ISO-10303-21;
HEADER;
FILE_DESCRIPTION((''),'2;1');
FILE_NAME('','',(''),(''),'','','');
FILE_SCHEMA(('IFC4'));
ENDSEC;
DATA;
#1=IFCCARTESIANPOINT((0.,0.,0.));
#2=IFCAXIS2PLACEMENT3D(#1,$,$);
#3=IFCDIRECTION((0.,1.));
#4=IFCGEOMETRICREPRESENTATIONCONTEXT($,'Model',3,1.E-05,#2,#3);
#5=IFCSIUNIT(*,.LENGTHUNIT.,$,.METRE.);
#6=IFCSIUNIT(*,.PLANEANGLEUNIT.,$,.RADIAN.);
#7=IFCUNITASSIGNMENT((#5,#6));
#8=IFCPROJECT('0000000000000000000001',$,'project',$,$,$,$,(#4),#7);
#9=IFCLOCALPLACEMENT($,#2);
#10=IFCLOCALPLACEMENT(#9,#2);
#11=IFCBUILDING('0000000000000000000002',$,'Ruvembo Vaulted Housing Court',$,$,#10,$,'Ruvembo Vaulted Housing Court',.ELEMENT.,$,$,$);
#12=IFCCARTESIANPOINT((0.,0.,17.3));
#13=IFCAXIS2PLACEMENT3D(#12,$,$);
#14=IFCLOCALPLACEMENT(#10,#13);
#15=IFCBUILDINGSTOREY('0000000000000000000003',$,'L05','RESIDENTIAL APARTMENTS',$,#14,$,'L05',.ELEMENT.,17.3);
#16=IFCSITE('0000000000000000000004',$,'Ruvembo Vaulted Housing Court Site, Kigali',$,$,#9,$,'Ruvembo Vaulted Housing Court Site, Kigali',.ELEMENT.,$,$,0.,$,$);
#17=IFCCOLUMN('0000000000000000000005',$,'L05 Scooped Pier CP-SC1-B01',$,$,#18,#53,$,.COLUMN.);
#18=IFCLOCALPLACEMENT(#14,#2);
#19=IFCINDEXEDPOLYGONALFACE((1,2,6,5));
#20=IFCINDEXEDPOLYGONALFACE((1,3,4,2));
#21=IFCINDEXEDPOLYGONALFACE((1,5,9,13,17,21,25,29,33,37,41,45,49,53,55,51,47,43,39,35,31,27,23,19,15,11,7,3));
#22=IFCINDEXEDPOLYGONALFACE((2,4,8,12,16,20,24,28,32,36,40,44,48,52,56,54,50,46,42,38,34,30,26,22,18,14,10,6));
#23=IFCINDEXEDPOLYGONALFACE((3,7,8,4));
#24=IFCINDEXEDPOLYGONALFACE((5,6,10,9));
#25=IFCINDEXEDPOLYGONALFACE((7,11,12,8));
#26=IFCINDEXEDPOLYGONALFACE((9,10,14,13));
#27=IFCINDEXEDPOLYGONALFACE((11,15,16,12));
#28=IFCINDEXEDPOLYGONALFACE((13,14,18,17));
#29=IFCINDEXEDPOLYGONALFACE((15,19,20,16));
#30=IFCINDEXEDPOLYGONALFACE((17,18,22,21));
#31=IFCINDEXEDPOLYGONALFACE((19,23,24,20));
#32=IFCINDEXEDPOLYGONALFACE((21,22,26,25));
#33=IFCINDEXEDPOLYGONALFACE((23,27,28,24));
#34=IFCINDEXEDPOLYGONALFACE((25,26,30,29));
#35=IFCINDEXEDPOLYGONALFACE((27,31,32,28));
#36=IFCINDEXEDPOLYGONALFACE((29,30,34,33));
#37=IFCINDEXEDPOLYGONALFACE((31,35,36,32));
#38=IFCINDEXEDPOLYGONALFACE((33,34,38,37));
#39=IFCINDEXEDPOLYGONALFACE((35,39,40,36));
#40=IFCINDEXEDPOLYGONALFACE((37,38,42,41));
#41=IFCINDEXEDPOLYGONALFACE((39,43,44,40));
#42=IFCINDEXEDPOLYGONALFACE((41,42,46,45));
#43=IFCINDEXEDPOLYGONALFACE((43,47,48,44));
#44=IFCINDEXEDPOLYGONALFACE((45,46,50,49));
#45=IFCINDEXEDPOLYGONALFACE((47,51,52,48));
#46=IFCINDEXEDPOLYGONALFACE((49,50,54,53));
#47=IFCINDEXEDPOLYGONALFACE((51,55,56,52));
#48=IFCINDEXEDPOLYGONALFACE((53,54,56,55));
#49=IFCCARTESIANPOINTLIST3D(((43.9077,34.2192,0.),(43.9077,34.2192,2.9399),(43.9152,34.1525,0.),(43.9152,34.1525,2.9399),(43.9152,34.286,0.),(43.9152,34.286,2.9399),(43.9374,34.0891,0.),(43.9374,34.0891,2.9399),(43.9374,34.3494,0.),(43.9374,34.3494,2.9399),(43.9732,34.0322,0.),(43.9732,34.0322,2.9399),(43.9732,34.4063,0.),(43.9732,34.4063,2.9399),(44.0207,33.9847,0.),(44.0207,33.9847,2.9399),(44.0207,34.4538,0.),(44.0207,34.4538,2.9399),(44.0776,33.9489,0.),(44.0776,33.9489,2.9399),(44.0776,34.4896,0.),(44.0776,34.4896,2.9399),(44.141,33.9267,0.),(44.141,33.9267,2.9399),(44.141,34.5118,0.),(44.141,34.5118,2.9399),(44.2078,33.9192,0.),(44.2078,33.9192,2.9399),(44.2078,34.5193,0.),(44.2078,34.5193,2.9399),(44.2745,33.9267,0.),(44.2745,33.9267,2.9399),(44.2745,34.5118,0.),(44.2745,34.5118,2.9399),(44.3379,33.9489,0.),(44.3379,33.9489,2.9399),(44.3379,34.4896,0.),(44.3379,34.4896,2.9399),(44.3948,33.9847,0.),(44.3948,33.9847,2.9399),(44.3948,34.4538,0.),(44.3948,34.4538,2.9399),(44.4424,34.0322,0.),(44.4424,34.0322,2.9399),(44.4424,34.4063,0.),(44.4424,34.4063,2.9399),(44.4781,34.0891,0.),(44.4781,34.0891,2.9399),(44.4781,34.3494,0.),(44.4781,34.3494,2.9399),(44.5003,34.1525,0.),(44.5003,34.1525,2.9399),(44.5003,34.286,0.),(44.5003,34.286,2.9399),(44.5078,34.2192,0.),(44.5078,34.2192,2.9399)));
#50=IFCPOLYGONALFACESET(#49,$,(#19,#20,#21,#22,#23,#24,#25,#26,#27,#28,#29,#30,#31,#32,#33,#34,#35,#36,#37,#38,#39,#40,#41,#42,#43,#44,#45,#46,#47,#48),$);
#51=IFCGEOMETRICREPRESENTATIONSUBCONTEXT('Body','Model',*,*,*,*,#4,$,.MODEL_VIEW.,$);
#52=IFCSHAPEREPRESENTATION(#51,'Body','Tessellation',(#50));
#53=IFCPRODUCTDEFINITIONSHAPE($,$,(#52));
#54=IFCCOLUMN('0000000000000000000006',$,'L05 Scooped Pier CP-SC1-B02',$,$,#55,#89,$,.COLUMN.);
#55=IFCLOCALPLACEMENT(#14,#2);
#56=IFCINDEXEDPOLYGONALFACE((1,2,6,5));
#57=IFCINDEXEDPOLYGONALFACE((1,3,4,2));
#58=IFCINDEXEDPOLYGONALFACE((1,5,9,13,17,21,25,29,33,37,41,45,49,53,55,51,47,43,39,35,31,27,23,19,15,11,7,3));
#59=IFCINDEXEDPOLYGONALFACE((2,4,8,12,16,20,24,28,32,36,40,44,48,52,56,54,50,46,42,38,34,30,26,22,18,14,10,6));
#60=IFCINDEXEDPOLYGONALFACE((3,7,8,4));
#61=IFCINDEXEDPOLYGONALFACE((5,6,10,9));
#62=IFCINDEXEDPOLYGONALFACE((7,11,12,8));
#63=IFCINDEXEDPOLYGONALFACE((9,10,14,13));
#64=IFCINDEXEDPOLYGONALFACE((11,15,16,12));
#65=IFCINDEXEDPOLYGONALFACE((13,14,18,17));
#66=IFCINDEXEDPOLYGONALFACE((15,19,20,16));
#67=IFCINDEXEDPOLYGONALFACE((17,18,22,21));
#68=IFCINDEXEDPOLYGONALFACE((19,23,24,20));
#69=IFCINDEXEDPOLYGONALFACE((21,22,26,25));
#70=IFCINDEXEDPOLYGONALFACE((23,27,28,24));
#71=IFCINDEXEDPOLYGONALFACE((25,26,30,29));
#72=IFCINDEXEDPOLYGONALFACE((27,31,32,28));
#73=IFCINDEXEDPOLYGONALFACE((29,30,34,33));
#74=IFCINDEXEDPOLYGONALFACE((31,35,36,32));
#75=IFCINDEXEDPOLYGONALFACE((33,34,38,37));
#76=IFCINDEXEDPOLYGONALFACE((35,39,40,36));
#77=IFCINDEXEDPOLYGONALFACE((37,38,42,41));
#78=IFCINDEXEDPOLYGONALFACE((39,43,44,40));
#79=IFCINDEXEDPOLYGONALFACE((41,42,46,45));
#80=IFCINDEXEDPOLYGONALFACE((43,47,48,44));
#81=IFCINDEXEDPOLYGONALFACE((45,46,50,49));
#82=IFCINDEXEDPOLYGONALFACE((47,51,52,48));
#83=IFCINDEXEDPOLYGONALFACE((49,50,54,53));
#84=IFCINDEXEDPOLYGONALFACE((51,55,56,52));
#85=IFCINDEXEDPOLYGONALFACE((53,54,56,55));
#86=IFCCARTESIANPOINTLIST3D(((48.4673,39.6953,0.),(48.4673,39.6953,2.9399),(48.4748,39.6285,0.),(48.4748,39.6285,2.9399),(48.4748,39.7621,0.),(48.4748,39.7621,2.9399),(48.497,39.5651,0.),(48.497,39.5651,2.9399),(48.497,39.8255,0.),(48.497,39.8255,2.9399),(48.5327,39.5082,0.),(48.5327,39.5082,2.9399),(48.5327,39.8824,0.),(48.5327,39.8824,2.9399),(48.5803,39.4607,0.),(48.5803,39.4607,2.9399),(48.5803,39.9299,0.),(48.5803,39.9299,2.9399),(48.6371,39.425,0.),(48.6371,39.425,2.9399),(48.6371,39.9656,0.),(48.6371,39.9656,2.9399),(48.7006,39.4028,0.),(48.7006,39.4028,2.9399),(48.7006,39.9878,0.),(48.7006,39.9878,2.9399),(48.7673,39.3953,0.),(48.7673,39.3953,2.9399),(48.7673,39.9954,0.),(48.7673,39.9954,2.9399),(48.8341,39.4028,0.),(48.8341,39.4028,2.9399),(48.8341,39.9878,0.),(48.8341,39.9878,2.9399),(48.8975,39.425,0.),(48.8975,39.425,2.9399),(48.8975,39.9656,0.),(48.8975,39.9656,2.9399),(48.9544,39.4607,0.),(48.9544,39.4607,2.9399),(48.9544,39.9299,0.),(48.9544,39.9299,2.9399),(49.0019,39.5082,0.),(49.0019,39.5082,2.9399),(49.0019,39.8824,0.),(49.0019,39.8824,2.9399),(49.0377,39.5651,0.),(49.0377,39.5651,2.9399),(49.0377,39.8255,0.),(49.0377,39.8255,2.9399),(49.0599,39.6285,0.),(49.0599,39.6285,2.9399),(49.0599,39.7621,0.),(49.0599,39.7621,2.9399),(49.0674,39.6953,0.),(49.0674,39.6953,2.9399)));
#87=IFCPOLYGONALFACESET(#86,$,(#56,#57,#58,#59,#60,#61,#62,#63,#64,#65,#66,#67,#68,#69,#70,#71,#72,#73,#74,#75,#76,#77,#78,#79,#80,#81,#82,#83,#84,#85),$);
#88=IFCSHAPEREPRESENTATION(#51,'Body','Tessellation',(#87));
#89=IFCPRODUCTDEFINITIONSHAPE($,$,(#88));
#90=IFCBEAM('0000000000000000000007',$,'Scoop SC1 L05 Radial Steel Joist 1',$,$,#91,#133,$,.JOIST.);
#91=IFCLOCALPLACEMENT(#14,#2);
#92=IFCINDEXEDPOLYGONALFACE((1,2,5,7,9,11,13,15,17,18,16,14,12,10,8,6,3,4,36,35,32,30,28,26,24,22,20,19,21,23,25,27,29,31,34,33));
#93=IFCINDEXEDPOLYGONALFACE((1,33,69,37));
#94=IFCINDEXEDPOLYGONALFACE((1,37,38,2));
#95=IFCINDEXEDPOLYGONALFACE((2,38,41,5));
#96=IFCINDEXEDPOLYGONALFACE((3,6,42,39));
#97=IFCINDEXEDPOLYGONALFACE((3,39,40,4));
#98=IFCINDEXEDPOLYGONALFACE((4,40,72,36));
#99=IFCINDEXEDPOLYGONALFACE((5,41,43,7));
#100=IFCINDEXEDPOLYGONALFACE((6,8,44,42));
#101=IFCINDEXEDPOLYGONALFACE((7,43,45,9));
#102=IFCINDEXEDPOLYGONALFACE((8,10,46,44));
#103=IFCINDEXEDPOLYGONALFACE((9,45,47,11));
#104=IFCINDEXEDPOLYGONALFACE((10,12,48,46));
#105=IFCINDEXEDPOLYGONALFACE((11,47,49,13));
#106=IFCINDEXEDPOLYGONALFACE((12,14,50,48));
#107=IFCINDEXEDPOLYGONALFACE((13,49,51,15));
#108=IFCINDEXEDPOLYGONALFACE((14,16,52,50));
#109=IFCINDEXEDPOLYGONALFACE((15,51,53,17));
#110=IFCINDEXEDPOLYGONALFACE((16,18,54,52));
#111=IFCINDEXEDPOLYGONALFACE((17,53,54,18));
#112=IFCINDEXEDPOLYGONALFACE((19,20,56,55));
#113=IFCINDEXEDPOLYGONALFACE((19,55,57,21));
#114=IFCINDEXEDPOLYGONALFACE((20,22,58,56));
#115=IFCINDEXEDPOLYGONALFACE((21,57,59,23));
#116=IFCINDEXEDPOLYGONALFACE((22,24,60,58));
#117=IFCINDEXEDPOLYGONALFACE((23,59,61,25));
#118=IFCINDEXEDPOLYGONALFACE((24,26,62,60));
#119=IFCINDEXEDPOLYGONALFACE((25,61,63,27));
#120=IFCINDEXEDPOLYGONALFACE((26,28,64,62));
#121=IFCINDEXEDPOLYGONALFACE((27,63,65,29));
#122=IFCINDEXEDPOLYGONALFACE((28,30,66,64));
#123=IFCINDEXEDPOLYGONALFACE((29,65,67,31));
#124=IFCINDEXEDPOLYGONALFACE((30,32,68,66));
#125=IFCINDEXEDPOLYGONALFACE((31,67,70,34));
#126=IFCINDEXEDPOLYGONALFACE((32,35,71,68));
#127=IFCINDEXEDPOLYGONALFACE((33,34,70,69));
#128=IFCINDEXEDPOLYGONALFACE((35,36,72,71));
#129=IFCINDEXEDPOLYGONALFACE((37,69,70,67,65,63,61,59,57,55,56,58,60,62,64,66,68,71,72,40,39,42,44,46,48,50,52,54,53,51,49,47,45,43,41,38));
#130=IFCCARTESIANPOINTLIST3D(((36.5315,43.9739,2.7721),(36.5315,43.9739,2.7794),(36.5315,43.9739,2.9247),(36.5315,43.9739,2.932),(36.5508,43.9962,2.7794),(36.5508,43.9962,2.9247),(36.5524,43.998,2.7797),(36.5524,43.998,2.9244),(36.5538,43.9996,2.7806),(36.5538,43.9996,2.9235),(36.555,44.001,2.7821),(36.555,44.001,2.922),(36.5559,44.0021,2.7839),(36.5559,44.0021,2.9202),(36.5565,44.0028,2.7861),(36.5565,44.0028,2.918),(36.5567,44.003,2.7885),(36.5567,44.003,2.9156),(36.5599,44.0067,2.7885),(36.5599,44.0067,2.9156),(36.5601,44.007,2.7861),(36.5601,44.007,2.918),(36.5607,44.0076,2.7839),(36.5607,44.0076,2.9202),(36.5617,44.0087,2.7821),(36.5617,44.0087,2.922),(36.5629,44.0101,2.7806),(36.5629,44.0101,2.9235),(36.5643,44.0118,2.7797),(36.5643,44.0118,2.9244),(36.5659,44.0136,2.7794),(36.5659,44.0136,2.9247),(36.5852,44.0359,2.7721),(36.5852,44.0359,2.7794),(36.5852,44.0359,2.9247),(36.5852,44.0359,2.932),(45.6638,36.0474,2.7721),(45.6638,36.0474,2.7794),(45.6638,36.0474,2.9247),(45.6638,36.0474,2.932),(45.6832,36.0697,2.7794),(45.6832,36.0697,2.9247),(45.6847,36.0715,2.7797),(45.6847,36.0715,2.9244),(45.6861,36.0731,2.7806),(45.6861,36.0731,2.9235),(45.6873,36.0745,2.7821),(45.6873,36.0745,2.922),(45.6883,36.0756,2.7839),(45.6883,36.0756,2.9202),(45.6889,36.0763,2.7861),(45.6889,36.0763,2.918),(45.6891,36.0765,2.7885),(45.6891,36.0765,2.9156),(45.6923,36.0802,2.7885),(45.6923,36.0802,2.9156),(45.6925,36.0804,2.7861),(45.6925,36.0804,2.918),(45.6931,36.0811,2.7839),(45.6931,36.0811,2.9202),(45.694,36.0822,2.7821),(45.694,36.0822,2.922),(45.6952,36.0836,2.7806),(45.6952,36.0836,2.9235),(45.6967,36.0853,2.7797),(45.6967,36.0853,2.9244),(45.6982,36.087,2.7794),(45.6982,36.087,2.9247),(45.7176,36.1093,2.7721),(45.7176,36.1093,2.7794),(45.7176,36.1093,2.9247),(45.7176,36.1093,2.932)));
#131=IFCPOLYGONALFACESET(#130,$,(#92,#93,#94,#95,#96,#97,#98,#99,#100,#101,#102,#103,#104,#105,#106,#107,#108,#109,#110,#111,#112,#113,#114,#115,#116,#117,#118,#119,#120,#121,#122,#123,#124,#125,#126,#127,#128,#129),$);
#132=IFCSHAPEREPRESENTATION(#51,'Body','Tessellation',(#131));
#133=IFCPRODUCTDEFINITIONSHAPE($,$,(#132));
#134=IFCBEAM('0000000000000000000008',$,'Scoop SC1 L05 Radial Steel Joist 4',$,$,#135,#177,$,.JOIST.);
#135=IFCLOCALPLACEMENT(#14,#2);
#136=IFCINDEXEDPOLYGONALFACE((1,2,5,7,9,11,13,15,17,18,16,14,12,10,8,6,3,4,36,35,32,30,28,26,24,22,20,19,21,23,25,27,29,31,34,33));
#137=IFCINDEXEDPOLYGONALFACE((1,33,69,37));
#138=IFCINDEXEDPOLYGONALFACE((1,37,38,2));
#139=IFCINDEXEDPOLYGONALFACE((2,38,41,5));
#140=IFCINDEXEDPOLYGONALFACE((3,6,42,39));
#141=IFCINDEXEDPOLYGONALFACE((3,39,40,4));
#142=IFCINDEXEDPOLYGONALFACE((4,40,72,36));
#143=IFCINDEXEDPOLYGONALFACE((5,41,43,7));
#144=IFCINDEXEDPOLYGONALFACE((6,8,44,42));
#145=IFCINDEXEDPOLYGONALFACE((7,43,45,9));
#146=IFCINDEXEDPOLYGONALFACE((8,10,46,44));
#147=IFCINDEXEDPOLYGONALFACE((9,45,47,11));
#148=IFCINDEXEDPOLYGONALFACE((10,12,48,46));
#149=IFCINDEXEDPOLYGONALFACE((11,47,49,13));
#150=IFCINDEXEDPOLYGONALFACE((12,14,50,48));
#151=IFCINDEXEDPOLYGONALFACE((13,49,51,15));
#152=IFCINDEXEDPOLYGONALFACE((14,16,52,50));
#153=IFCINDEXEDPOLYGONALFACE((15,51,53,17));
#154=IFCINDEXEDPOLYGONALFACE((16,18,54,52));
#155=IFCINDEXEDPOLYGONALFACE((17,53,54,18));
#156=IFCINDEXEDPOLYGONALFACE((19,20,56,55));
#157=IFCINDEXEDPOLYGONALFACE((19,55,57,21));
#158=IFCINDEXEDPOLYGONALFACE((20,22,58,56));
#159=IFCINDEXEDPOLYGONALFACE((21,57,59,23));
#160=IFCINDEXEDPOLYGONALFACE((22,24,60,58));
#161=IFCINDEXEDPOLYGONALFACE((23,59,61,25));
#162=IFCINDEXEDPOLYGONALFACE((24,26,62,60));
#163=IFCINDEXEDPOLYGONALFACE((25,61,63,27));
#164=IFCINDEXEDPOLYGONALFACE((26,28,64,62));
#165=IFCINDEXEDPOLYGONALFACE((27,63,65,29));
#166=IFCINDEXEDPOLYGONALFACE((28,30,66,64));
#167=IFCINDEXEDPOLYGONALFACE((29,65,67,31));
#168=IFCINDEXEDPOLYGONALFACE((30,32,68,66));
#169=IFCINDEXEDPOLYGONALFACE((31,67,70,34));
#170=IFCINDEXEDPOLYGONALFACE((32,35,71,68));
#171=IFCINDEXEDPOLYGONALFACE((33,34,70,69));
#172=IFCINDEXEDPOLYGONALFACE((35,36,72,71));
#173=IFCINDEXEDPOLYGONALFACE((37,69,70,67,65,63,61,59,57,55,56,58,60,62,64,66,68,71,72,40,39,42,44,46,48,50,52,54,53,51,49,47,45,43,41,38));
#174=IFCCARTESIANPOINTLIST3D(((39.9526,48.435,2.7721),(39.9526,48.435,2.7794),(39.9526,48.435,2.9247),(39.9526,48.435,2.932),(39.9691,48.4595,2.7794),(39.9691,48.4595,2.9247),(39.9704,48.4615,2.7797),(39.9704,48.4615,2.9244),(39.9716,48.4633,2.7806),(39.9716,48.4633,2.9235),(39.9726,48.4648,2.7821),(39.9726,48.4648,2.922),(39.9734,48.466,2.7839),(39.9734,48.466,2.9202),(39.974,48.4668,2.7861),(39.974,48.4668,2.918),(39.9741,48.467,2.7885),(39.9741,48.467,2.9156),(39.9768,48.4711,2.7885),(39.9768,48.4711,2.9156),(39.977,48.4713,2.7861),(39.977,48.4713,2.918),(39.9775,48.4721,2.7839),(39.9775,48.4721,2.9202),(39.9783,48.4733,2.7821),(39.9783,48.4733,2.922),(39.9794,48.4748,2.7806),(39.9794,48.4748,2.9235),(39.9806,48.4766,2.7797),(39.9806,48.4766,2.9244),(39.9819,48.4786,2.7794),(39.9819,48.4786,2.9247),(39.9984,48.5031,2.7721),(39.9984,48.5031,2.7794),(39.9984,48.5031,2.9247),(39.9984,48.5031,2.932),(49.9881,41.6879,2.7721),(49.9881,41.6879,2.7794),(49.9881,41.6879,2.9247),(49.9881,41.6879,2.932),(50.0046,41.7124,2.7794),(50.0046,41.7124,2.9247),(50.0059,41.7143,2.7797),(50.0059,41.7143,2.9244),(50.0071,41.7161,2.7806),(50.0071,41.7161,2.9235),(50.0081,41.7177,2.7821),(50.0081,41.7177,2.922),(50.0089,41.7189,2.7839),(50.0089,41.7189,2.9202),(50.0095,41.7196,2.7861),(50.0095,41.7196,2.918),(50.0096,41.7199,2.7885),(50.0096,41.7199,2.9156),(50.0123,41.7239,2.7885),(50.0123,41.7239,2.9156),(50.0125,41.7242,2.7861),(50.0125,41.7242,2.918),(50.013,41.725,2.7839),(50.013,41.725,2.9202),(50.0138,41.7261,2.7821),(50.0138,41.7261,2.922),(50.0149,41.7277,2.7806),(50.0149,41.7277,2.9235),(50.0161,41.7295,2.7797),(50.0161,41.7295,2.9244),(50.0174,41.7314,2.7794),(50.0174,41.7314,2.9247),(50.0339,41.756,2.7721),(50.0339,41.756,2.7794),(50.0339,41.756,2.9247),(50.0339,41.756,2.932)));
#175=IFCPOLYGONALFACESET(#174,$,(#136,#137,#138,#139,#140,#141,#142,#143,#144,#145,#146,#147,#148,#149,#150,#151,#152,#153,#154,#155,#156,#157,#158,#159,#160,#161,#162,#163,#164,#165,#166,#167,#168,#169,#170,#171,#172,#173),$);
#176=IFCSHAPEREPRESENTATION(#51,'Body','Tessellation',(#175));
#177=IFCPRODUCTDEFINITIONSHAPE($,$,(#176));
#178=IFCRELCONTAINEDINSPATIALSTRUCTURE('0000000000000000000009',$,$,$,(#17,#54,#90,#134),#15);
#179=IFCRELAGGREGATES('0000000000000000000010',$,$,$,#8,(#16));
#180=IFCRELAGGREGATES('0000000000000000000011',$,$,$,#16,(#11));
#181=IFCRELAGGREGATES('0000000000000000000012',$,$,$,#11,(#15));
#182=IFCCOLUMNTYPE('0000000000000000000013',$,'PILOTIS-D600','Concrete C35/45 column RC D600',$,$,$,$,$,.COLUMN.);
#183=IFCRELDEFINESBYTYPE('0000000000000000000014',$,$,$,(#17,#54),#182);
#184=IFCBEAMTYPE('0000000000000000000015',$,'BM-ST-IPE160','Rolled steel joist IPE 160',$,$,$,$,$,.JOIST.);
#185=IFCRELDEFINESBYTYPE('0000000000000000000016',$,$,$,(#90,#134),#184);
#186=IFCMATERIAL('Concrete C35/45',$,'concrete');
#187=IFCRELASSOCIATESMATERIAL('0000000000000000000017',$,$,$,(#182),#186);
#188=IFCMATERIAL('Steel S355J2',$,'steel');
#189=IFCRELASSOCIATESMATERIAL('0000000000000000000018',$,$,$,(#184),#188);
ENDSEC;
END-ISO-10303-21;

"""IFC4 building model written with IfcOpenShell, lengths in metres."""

from ifc_helpers import new_model, si_unit, direction, frame, origin, origin_2d, place, context, subcontext, project, spatial, circle, i_section, extrude, material, material_profile, profile_set, type_object, element, save


model = new_model("IFC4")

# Units and contexts
model_context = context("Model", 3, precision=1e-05, world=origin(), true_north=direction((0.0, 1.0)))
body_context = subcontext(model_context, "Body", "Model", "MODEL_VIEW")
ifc_project = project(units=[si_unit("LENGTHUNIT", "METRE"), si_unit("PLANEANGLEUNIT", "RADIAN")], contexts=[model_context])

# Site, building, storey
site_placement = place(None, origin())
site = spatial("IfcSite", under=ifc_project, at=site_placement, Name="Ruvembo Vaulted Housing Court Site, Kigali", LongName="Ruvembo Vaulted Housing Court Site, Kigali", CompositionType="ELEMENT", RefElevation=0.0)
building_placement = place(site_placement, origin())
building = spatial("IfcBuilding", under=site, at=building_placement, Name="Ruvembo Vaulted Housing Court", LongName="Ruvembo Vaulted Housing Court", CompositionType="ELEMENT")
storey_placement = place(building_placement, frame((0.0, 0.0, 17.3)))
storey = spatial("IfcBuildingStorey", under=building, at=storey_placement, Name="L05", Description="RESIDENTIAL APARTMENTS", LongName="L05", CompositionType="ELEMENT", Elevation=17.3)

# Columns
ifc_material_1 = material(Name="Concrete C35/45", Category="concrete")
ifc_material_profile_1 = material_profile(ifc_material_1, circle(Radius=0.3, at=origin_2d()), Name="RC D600")
ifc_profile_set_1 = profile_set([ifc_material_profile_1], Name="Concrete C35/45")
column_type = type_object("IfcColumnType", Name="PILOTIS-D600", Description="Concrete C35/45 column RC D600", PredefinedType="COLUMN", material=ifc_profile_set_1)
for number, where, z_axis, x_axis, name in (
    (1, (44.2078, 34.2192, 0.0), (0.0, 0.0, 1.0), (1.0, 0.0, 0.0), "L05 Scooped Pier CP-SC1-B01"),
    (2, (48.7673, 39.6953, 0.0), (0.0, 0.0, 1.0), (1.0, 0.0, 0.0), "L05 Scooped Pier CP-SC1-B02"),
):
    element("IfcColumn", number, at=place(storey_placement, frame(where, z_axis=z_axis, x_axis=x_axis)), inside=storey, type_object=column_type, Name=name, PredefinedType="COLUMN", context=body_context, shape_type="SweptSolid", body=[
        extrude(circle(Radius=0.3, at=origin_2d()), origin(), (0.0, 0.0, 1.0), 2.9399),
    ])

# Beams
ifc_material_2 = material(Name="Steel S355J2", Category="steel")
ifc_material_profile_2 = material_profile(ifc_material_2, i_section(OverallWidth=0.082, OverallDepth=0.1599, WebThickness=0.0049, FlangeThickness=0.0073, FilletRadius=0.009, at=origin_2d()), Name="IPE 160")
ifc_profile_set_2 = profile_set([ifc_material_profile_2], Name="Steel S355J2")
beam_type_1 = type_object("IfcBeamType", Name="BM-ST-IPE160", Description="Rolled steel joist IPE 160", PredefinedType="JOIST", material=ifc_profile_set_2)
beam_1_placement = place(storey_placement, frame((45.6907, 36.0784, 2.8521), z_axis=(-0.755205, 0.655489, 0.0), x_axis=(-0.655489, -0.755205, 0.0)))
element("IfcBeam", 3, at=beam_1_placement, inside=storey, type_object=beam_type_1, Name="Scoop SC1 L05 Radial Steel Joist 1", PredefinedType="JOIST", context=body_context, shape_type="SweptSolid", body=[
    extrude(i_section(OverallWidth=0.082, OverallDepth=0.1599, WebThickness=0.0049, FlangeThickness=0.0073, FilletRadius=0.009, at=origin_2d()), origin(), (0.0, 0.0, 1.0), 12.0925),
])
beam_2_placement = place(storey_placement, frame((50.011, 41.7219, 2.8521), z_axis=(-0.829876, 0.557948, 0.0), x_axis=(-0.557948, -0.829876, 0.0)))
element("IfcBeam", 4, at=beam_2_placement, inside=storey, type_object=beam_type_1, Name="Scoop SC1 L05 Radial Steel Joist 4", PredefinedType="JOIST", context=body_context, shape_type="SweptSolid", body=[
    extrude(i_section(OverallWidth=0.082, OverallDepth=0.1599, WebThickness=0.0049, FlangeThickness=0.0073, FilletRadius=0.009, at=origin_2d()), origin(), (0.0, 0.0, 1.0), 12.0928),
])

save(model, "model.ifc")
